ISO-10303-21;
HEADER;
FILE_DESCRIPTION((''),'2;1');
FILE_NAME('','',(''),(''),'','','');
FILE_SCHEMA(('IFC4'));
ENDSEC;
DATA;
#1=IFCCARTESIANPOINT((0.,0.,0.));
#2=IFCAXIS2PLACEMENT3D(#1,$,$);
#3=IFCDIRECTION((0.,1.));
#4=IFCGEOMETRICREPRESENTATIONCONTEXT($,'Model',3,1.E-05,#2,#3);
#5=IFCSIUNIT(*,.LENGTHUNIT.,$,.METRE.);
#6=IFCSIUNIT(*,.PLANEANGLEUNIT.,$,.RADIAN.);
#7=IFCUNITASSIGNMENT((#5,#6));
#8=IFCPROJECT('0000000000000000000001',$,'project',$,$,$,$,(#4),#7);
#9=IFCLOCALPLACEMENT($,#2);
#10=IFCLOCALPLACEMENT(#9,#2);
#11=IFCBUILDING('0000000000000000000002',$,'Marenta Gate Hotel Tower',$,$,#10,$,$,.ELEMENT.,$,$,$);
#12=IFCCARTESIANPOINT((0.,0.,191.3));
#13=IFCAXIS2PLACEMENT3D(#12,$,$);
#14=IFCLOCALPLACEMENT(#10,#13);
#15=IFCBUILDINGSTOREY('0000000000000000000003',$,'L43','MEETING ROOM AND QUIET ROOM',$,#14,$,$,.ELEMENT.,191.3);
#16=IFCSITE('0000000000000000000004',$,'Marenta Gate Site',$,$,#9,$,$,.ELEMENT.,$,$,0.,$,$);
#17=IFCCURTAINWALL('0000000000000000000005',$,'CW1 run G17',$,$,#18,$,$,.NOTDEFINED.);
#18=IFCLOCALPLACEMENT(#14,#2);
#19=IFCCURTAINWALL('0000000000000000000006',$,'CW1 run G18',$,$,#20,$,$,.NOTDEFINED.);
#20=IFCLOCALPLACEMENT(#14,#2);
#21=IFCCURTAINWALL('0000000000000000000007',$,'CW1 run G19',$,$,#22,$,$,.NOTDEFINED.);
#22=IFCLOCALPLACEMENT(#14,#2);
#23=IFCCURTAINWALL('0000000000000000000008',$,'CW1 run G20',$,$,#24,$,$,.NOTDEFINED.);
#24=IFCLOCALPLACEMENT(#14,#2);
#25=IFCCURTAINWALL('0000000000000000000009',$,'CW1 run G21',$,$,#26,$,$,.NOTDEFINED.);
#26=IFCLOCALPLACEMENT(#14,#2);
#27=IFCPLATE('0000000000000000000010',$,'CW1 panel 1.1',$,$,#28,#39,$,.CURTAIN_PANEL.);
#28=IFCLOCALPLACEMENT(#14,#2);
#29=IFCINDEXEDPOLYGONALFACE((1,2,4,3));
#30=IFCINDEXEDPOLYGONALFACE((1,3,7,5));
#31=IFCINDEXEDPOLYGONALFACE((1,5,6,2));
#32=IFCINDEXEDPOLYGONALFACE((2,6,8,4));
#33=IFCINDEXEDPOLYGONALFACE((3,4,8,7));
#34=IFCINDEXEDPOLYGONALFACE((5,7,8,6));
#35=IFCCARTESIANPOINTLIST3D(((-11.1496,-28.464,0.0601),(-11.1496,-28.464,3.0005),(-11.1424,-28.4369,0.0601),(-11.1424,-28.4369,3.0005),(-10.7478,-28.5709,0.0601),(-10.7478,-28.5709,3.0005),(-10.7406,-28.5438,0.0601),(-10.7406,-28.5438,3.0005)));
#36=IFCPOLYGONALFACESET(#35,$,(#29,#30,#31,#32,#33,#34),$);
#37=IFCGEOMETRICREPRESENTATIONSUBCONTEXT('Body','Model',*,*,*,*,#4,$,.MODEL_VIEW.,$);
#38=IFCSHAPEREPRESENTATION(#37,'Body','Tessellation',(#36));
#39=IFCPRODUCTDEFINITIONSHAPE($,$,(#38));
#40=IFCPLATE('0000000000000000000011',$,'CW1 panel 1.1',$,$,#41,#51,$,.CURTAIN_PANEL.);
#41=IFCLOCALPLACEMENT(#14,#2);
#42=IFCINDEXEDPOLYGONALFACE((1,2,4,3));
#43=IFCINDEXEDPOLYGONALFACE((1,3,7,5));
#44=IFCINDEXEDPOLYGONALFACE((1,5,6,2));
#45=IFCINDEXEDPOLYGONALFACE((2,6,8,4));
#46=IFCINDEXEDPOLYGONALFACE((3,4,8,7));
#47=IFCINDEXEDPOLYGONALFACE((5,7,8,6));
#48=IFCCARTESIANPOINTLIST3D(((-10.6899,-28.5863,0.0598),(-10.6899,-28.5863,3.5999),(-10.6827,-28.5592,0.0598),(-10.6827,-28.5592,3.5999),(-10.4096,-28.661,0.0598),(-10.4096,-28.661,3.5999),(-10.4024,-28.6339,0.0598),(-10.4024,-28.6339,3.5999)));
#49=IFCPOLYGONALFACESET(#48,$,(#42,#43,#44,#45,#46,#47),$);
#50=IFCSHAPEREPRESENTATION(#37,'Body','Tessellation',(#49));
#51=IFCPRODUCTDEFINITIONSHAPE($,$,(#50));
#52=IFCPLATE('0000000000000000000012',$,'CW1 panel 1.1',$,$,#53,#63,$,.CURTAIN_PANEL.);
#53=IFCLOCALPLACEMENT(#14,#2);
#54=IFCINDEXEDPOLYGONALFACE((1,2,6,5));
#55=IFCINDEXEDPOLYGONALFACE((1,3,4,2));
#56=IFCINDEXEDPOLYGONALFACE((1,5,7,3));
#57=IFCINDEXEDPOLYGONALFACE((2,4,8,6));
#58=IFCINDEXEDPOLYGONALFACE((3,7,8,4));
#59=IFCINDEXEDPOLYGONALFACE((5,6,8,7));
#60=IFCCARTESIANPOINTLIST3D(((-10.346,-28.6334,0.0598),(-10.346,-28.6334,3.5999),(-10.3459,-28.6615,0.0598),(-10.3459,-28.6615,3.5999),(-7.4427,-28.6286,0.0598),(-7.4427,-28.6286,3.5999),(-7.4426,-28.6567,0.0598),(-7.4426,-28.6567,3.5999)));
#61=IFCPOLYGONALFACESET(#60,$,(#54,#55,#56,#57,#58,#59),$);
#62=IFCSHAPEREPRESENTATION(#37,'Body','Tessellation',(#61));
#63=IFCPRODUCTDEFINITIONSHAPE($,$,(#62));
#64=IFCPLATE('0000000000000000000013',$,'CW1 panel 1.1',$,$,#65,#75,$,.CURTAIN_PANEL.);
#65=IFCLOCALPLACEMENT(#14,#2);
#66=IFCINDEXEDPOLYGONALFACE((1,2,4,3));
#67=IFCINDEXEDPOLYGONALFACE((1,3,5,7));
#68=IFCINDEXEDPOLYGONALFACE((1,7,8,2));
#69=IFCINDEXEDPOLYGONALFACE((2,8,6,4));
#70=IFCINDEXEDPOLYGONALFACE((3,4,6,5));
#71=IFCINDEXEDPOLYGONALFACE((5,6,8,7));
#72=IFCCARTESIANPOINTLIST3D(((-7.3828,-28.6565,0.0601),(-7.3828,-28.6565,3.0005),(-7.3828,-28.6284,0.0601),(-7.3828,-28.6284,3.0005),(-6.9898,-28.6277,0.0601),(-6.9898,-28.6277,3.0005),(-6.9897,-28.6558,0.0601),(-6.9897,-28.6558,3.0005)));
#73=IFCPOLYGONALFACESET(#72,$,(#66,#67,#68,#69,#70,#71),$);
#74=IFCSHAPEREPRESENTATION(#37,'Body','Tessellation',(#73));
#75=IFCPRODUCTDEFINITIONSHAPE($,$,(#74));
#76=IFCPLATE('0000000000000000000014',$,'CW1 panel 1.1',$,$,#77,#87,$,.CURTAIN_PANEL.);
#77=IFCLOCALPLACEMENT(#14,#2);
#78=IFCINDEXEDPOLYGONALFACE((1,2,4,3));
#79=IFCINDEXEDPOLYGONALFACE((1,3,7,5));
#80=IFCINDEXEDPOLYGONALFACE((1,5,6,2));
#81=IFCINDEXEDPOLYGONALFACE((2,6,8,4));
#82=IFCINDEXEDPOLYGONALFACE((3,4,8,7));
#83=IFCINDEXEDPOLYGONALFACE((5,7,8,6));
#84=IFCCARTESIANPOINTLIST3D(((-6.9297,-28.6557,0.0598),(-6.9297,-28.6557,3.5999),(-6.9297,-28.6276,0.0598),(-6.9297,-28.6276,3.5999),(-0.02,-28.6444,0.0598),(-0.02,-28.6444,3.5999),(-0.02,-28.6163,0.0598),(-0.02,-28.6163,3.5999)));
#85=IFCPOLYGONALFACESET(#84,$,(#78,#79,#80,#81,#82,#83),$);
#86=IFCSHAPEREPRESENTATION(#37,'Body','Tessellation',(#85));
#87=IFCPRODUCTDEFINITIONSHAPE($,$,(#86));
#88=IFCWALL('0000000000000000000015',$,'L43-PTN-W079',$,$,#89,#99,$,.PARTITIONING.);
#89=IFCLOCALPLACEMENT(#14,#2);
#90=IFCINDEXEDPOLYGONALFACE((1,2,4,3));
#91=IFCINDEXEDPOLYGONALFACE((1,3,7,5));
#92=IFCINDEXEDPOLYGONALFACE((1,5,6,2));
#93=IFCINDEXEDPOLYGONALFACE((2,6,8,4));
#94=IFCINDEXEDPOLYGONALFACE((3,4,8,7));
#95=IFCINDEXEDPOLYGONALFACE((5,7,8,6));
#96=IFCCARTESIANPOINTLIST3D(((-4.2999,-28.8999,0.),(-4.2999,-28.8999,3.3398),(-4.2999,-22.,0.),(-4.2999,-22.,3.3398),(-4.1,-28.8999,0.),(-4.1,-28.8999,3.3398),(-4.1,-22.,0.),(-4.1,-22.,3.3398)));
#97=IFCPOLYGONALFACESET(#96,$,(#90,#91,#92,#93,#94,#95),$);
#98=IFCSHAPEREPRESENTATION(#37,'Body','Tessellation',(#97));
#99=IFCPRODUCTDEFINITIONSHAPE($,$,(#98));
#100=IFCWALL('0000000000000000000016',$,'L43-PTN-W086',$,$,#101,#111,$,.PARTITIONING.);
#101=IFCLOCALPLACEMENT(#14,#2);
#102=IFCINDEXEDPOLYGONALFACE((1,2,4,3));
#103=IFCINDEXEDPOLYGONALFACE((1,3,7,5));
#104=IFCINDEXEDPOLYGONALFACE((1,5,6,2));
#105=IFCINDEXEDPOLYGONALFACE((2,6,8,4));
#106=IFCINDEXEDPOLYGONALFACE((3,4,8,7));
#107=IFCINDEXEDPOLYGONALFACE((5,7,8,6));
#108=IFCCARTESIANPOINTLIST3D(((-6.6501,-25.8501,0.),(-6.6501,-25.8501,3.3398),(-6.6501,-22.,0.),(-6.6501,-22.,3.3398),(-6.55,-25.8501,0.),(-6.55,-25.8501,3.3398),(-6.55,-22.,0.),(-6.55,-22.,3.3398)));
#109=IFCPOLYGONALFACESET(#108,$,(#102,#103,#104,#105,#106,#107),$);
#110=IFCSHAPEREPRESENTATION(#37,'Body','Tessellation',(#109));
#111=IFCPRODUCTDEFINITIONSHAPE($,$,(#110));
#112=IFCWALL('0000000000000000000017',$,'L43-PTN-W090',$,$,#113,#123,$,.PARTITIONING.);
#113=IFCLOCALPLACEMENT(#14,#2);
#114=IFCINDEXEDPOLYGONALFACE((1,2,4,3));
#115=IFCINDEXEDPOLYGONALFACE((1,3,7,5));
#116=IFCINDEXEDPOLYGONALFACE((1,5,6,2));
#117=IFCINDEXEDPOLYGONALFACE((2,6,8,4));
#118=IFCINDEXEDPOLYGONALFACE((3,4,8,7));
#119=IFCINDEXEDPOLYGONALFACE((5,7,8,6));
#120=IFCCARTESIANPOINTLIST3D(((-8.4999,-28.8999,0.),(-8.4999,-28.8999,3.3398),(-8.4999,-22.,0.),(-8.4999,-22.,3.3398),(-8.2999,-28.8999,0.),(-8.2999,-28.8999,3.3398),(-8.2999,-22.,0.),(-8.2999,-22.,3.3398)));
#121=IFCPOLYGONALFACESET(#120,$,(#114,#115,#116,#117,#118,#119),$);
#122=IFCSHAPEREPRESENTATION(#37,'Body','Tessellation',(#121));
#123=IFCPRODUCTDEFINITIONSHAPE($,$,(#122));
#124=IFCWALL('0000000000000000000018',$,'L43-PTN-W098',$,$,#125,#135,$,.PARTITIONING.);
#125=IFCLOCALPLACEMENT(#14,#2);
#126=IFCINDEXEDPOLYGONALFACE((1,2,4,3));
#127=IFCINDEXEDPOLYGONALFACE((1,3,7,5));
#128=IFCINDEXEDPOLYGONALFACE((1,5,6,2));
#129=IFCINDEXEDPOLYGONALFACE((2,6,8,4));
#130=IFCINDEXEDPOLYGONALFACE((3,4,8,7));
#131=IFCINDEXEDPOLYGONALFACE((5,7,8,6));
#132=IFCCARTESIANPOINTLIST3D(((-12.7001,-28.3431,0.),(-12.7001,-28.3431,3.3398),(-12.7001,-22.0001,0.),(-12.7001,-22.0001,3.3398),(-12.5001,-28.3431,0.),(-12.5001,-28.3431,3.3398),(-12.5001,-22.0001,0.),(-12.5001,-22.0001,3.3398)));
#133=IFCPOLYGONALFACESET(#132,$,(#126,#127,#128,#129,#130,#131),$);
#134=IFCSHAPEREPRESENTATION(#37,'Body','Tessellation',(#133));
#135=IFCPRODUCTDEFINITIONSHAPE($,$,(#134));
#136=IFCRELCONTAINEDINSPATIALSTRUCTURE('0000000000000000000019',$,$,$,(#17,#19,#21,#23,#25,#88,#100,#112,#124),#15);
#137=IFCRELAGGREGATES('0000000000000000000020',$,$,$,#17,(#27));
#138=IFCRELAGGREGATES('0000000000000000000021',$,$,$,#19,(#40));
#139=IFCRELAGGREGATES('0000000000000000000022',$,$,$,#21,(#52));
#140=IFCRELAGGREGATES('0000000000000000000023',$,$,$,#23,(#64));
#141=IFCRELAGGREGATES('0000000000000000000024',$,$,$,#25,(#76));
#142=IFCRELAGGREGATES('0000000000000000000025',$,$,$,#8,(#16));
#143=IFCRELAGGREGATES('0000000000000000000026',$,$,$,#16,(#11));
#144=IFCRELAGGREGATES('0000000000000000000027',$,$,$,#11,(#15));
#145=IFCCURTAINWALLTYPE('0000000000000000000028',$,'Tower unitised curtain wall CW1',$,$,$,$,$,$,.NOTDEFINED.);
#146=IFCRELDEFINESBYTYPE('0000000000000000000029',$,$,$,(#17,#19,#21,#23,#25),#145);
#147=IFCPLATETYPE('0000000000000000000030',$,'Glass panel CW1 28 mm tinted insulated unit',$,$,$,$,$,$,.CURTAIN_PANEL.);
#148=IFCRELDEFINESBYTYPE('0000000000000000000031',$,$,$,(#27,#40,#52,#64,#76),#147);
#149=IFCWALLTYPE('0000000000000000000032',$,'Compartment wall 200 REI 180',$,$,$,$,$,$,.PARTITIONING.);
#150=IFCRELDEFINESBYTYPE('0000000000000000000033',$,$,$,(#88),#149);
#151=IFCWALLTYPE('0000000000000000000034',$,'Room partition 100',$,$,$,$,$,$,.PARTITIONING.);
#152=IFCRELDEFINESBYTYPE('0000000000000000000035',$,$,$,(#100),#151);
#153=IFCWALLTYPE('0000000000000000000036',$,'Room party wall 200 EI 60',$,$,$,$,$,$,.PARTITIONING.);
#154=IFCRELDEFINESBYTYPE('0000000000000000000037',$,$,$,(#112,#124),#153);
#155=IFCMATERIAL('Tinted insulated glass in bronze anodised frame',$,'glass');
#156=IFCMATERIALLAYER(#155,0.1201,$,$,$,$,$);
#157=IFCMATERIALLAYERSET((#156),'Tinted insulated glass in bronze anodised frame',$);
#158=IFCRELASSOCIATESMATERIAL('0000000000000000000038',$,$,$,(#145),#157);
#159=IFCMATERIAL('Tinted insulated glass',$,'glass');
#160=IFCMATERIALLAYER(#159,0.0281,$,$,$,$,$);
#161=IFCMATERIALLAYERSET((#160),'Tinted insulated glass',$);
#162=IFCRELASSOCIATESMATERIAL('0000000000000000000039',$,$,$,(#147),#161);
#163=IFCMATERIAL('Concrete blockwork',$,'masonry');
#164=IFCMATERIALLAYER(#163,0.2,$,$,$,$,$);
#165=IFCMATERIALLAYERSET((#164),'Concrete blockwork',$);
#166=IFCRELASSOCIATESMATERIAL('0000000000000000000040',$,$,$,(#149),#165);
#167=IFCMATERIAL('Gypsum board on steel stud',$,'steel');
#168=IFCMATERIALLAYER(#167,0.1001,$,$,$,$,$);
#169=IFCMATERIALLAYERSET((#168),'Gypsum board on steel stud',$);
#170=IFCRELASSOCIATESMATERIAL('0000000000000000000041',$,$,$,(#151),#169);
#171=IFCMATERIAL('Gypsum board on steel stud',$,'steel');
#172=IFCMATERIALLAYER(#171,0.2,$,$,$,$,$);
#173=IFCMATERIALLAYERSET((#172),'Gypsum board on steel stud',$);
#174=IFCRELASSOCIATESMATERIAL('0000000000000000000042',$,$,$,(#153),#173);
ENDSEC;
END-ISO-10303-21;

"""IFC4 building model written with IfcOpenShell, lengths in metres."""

from ifc_helpers import new_model, si_unit, direction, frame, frame_2d, origin, origin_2d, place, context, subcontext, project, spatial, rectangle, extrude, material, layer, layer_set, type_object, element, aggregate, save


model = new_model("IFC4")

# Units and contexts
model_context = context("Model", 3, precision=1e-05, world=origin(), true_north=direction((0.0, 1.0)))
body_context = subcontext(model_context, "Body", "Model", "MODEL_VIEW")
ifc_project = project(units=[si_unit("LENGTHUNIT", "METRE"), si_unit("PLANEANGLEUNIT", "RADIAN")], contexts=[model_context])

# Site, building, storey
site_placement = place(None, origin())
site = spatial("IfcSite", under=ifc_project, at=site_placement, Name="Marenta Gate Site", CompositionType="ELEMENT", RefElevation=0.0)
building_placement = place(site_placement, origin())
building = spatial("IfcBuilding", under=site, at=building_placement, Name="Marenta Gate Hotel Tower", CompositionType="ELEMENT")
storey_placement = place(building_placement, frame((0.0, 0.0, 191.3)))
storey = spatial("IfcBuildingStorey", under=building, at=storey_placement, Name="L43", Description="MEETING ROOM AND QUIET ROOM", CompositionType="ELEMENT", Elevation=191.3)

# Curtain walls
ifc_material_1 = material(Name="Tinted insulated glass in bronze anodised frame", Category="glass")
ifc_layer_1 = layer(ifc_material_1, 0.1201)
ifc_layer_set_1 = layer_set([ifc_layer_1], Name="Tinted insulated glass in bronze anodised frame")
curtain_wall_type = type_object("IfcCurtainWallType", Name="Tower unitised curtain wall CW1", PredefinedType="NOTDEFINED", material=ifc_layer_set_1)
curtain_wall_1_placement = place(storey_placement, origin())
curtain_wall_1 = element("IfcCurtainWall", 1, at=curtain_wall_1_placement, inside=storey, type_object=curtain_wall_type, Name="CW1 run G17", PredefinedType="NOTDEFINED")
curtain_wall_2_placement = place(storey_placement, origin())
curtain_wall_2 = element("IfcCurtainWall", 2, at=curtain_wall_2_placement, inside=storey, type_object=curtain_wall_type, Name="CW1 run G18", PredefinedType="NOTDEFINED")
curtain_wall_3_placement = place(storey_placement, origin())
curtain_wall_3 = element("IfcCurtainWall", 3, at=curtain_wall_3_placement, inside=storey, type_object=curtain_wall_type, Name="CW1 run G19", PredefinedType="NOTDEFINED")
curtain_wall_4_placement = place(storey_placement, origin())
curtain_wall_4 = element("IfcCurtainWall", 4, at=curtain_wall_4_placement, inside=storey, type_object=curtain_wall_type, Name="CW1 run G20", PredefinedType="NOTDEFINED")
curtain_wall_5_placement = place(storey_placement, origin())
curtain_wall_5 = element("IfcCurtainWall", 5, at=curtain_wall_5_placement, inside=storey, type_object=curtain_wall_type, Name="CW1 run G21", PredefinedType="NOTDEFINED")

# Plates
ifc_material_2 = material(Name="Tinted insulated glass", Category="glass")
ifc_layer_2 = layer(ifc_material_2, 0.0281)
ifc_layer_set_2 = layer_set([ifc_layer_2], Name="Tinted insulated glass")
plate_type = type_object("IfcPlateType", Name="Glass panel CW1 28 mm tinted insulated unit", PredefinedType="CURTAIN_PANEL", material=ifc_layer_set_2)
plate_1_placement = place(storey_placement, frame((-10.9451, -28.5039, 0.0601), z_axis=(0.0, 0.0, 1.0), x_axis=(0.966385, -0.2571, 0.0)))
plate_1 = element("IfcPlate", 6, at=plate_1_placement, type_object=plate_type, Name="CW1 panel 1.1", PredefinedType="CURTAIN_PANEL", context=body_context, shape_type="SweptSolid", body=[
    extrude(rectangle(XDim=0.4158, YDim=0.0281, at=origin_2d()), origin(), (0.0, 0.0, 1.0), 2.9404),
])
aggregate(curtain_wall_1, [plate_1])
plate_2_placement = place(storey_placement, frame((-10.5461, -28.6101, 0.0598), z_axis=(0.0, 0.0, 1.0), x_axis=(0.966297, -0.257431, 0.0)))
plate_2 = element("IfcPlate", 7, at=plate_2_placement, type_object=plate_type, Name="CW1 panel 1.1", PredefinedType="CURTAIN_PANEL", context=body_context, shape_type="SweptSolid", body=[
    extrude(rectangle(XDim=0.29, YDim=0.0281, at=origin_2d()), origin(), (0.0, 0.0, 1.0), 3.54),
])
aggregate(curtain_wall_2, [plate_2])
plate_3_placement = place(storey_placement, frame((-8.8943, -28.645, 0.0598), z_axis=(0.0, 0.0, 1.0), x_axis=(0.999999, 0.001654, 0.0)))
plate_3 = element("IfcPlate", 8, at=plate_3_placement, type_object=plate_type, Name="CW1 panel 1.1", PredefinedType="CURTAIN_PANEL", context=body_context, shape_type="SweptSolid", body=[
    extrude(rectangle(XDim=2.9033, YDim=0.0281, at=origin_2d()), origin(), (0.0, 0.0, 1.0), 3.54),
])
aggregate(curtain_wall_3, [plate_3])
plate_4_placement = place(storey_placement, frame((-7.1863, -28.6421, 0.0601), z_axis=(0.0, 0.0, 1.0), x_axis=(0.999998, 0.001766, 0.0)))
plate_4 = element("IfcPlate", 9, at=plate_4_placement, type_object=plate_type, Name="CW1 panel 1.1", PredefinedType="CURTAIN_PANEL", context=body_context, shape_type="SweptSolid", body=[
    extrude(rectangle(XDim=0.3931, YDim=0.0281, at=origin_2d()), origin(), (0.0, 0.0, 1.0), 2.9404),
])
aggregate(curtain_wall_4, [plate_4])
plate_5_placement = place(storey_placement, frame((-3.4749, -28.636, 0.0598), z_axis=(0.0, 0.0, 1.0), x_axis=(0.999999, 0.001636, 0.0)))
plate_5 = element("IfcPlate", 10, at=plate_5_placement, type_object=plate_type, Name="CW1 panel 1.1", PredefinedType="CURTAIN_PANEL", context=body_context, shape_type="SweptSolid", body=[
    extrude(rectangle(XDim=6.9097, YDim=0.0281, at=origin_2d()), origin(), (0.0, 0.0, 1.0), 3.54),
])
aggregate(curtain_wall_5, [plate_5])

# Walls
ifc_material_3 = material(Name="Concrete blockwork", Category="masonry")
ifc_layer_3 = layer(ifc_material_3, 0.2)
ifc_layer_set_3 = layer_set([ifc_layer_3], Name="Concrete blockwork")
wall_type_1 = type_object("IfcWallType", Name="Compartment wall 200 REI 180", PredefinedType="PARTITIONING", material=ifc_layer_set_3)
wall_1_placement = place(storey_placement, frame((-4.2, -28.8999, 0.0), z_axis=(0.0, 0.0, 1.0), x_axis=(0.0, 1.0, 0.0)))
element("IfcWall", 11, at=wall_1_placement, inside=storey, type_object=wall_type_1, Name="L43-PTN-W079", PredefinedType="PARTITIONING", context=body_context, shape_type="SweptSolid", body=[
    extrude(rectangle(XDim=6.8999, YDim=0.2, at=frame_2d((3.45, 0.0))), origin(), (0.0, 0.0, 1.0), 3.3398),
])
ifc_material_4 = material(Name="Gypsum board on steel stud", Category="steel")
ifc_layer_4 = layer(ifc_material_4, 0.1001)
ifc_layer_set_4 = layer_set([ifc_layer_4], Name="Gypsum board on steel stud")
wall_type_2 = type_object("IfcWallType", Name="Room partition 100", PredefinedType="PARTITIONING", material=ifc_layer_set_4)
wall_2_placement = place(storey_placement, frame((-6.6001, -25.8501, 0.0), z_axis=(0.0, 0.0, 1.0), x_axis=(0.0, 1.0, 0.0)))
element("IfcWall", 12, at=wall_2_placement, inside=storey, type_object=wall_type_2, Name="L43-PTN-W086", PredefinedType="PARTITIONING", context=body_context, shape_type="SweptSolid", body=[
    extrude(rectangle(XDim=3.8501, YDim=0.1001, at=frame_2d((1.925, 0.0))), origin(), (0.0, 0.0, 1.0), 3.3398),
])
ifc_material_5 = material(Name="Gypsum board on steel stud", Category="steel")
ifc_layer_5 = layer(ifc_material_5, 0.2)
ifc_layer_set_5 = layer_set([ifc_layer_5], Name="Gypsum board on steel stud")
wall_type_3 = type_object("IfcWallType", Name="Room party wall 200 EI 60", PredefinedType="PARTITIONING", material=ifc_layer_set_5)
wall_3_placement = place(storey_placement, frame((-8.3999, -28.8999, 0.0), z_axis=(0.0, 0.0, 1.0), x_axis=(0.0, 1.0, 0.0)))
element("IfcWall", 13, at=wall_3_placement, inside=storey, type_object=wall_type_3, Name="L43-PTN-W090", PredefinedType="PARTITIONING", context=body_context, shape_type="SweptSolid", body=[
    extrude(rectangle(XDim=6.8999, YDim=0.2, at=frame_2d((3.45, 0.0))), origin(), (0.0, 0.0, 1.0), 3.3398),
])
wall_4_placement = place(storey_placement, frame((-12.6001, -28.343, 0.0), z_axis=(0.0, 0.0, 1.0), x_axis=(0.0, 1.0, 0.0)))
element("IfcWall", 14, at=wall_4_placement, inside=storey, type_object=wall_type_3, Name="L43-PTN-W098", PredefinedType="PARTITIONING", context=body_context, shape_type="SweptSolid", body=[
    extrude(rectangle(XDim=6.343, YDim=0.2, at=frame_2d((3.1714, 0.0))), origin(), (0.0, 0.0, 1.0), 3.3398),
])

save(model, "model.ifc")
